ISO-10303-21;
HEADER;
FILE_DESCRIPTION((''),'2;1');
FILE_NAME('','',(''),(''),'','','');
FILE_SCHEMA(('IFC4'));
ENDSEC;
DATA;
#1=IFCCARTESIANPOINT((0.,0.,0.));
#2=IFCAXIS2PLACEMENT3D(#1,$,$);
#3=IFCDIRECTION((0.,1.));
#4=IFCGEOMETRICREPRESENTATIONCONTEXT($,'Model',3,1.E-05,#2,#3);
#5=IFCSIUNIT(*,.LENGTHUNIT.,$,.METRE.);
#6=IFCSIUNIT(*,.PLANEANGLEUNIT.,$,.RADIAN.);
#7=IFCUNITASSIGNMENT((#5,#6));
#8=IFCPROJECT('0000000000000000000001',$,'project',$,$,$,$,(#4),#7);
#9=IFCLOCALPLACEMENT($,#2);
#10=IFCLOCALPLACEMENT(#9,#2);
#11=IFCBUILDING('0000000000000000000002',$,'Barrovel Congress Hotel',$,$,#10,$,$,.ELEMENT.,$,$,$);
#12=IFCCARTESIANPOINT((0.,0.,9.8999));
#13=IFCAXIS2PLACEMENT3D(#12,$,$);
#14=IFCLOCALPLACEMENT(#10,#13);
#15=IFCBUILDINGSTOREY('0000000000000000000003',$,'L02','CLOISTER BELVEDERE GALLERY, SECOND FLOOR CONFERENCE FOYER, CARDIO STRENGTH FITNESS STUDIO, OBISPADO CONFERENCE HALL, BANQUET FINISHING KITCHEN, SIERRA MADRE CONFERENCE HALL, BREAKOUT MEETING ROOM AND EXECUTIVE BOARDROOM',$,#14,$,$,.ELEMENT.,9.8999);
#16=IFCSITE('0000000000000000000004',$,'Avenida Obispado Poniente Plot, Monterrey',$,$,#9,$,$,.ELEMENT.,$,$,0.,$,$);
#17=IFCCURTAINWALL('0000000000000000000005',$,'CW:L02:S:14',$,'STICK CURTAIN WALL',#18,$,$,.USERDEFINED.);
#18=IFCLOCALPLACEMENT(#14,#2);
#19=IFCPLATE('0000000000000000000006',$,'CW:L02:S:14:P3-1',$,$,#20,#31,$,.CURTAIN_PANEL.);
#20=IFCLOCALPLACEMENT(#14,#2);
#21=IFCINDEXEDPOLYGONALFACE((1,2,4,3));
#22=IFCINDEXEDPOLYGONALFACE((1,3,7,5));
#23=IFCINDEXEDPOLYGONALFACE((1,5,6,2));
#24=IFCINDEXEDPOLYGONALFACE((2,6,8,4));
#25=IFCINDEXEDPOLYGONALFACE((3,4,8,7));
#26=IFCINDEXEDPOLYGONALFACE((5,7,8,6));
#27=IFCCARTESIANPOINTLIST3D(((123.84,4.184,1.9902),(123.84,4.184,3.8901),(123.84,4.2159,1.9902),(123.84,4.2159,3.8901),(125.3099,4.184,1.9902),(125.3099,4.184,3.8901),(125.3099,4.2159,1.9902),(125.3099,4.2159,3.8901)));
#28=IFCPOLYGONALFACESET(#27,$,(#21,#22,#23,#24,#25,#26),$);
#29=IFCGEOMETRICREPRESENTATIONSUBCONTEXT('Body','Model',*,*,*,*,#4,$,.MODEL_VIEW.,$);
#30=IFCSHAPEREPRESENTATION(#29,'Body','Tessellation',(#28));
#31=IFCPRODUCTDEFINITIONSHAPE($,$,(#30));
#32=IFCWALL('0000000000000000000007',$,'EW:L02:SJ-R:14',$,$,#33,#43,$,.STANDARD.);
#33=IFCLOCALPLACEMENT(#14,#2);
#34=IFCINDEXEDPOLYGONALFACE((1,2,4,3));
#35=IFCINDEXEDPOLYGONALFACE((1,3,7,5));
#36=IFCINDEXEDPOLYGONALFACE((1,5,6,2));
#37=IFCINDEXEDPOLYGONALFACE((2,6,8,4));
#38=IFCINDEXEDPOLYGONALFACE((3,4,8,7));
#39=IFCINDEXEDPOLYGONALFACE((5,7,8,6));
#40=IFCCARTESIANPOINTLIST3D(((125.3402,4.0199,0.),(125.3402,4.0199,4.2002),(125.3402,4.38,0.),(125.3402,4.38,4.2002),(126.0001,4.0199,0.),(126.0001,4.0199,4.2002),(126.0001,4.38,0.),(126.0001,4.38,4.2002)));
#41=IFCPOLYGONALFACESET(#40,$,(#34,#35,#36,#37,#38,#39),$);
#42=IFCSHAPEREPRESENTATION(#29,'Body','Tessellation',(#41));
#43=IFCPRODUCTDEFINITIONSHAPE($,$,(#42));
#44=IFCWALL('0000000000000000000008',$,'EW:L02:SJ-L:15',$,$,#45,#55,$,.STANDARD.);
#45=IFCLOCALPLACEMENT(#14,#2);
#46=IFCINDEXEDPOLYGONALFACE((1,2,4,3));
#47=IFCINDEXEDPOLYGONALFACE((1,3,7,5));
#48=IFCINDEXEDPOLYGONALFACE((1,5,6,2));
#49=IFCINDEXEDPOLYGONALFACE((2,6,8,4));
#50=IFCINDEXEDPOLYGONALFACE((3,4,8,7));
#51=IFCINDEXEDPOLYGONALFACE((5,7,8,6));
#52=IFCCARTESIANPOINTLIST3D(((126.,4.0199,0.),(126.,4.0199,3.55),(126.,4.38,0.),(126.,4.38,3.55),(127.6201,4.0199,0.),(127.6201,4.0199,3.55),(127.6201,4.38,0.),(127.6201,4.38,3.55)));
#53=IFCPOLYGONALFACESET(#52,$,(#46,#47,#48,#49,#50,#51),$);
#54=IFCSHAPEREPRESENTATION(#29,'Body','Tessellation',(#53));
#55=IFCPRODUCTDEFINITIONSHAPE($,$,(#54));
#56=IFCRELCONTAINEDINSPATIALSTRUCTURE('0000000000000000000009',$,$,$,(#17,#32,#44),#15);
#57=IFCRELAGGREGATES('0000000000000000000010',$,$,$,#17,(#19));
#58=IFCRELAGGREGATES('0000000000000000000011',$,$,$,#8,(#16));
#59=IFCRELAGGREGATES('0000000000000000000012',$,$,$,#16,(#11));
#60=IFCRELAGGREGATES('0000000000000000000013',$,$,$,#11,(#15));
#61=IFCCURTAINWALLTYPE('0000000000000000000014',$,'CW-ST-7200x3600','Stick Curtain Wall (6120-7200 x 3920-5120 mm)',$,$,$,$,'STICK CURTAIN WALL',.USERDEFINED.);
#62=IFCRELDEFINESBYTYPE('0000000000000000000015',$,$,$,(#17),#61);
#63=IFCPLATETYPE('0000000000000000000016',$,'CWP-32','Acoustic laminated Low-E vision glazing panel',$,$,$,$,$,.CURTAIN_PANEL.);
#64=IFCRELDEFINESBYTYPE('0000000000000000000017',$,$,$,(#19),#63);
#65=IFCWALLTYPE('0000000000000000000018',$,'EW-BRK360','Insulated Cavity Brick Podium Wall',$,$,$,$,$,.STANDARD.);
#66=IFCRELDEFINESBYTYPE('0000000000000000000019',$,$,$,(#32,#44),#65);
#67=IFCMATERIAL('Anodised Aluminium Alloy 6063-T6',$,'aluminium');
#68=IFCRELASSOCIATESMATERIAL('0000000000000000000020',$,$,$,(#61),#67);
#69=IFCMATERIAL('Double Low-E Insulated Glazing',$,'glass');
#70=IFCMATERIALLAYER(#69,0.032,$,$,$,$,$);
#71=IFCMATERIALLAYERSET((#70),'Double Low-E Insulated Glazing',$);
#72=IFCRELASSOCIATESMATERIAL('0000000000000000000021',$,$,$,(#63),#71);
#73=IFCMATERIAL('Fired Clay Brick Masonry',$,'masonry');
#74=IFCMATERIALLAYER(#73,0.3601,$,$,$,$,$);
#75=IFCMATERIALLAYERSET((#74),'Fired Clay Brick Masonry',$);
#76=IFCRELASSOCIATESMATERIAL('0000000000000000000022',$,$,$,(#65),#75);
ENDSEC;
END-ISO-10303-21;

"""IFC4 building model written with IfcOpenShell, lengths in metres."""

from ifc_helpers import new_model, si_unit, direction, frame, frame_2d, origin, origin_2d, place, context, subcontext, project, spatial, rectangle, extrude, material, layer, layer_set, type_object, element, aggregate, save


model = new_model("IFC4")

# Units and contexts
model_context = context("Model", 3, precision=1e-05, world=origin(), true_north=direction((0.0, 1.0)))
body_context = subcontext(model_context, "Body", "Model", "MODEL_VIEW")
ifc_project = project(units=[si_unit("LENGTHUNIT", "METRE"), si_unit("PLANEANGLEUNIT", "RADIAN")], contexts=[model_context])

# Site, building, storey
site_placement = place(None, origin())
site = spatial("IfcSite", under=ifc_project, at=site_placement, Name="Avenida Obispado Poniente Plot, Monterrey", CompositionType="ELEMENT", RefElevation=0.0)
building_placement = place(site_placement, origin())
building = spatial("IfcBuilding", under=site, at=building_placement, Name="Barrovel Congress Hotel", CompositionType="ELEMENT")
storey_placement = place(building_placement, frame((0.0, 0.0, 9.8999)))
storey = spatial("IfcBuildingStorey", under=building, at=storey_placement, Name="L02", Description="CLOISTER BELVEDERE GALLERY, SECOND FLOOR CONFERENCE FOYER, CARDIO STRENGTH FITNESS STUDIO, OBISPADO CONFERENCE HALL, BANQUET FINISHING KITCHEN, SIERRA MADRE CONFERENCE HALL, BREAKOUT MEETING ROOM AND EXECUTIVE BOARDROOM", CompositionType="ELEMENT", Elevation=9.8999)

# Curtain wall
ifc_material_1 = material(Name="Anodised Aluminium Alloy 6063-T6", Category="aluminium")
curtain_wall_type = type_object("IfcCurtainWallType", Name="CW-ST-7200x3600", Description="Stick Curtain Wall (6120-7200 x 3920-5120 mm)", ElementType="STICK CURTAIN WALL", PredefinedType="USERDEFINED", material=ifc_material_1)
curtain_wall_placement = place(storey_placement, origin())
curtain_wall = element("IfcCurtainWall", 1, at=curtain_wall_placement, inside=storey, type_object=curtain_wall_type, Name="CW:L02:S:14", ObjectType="STICK CURTAIN WALL", PredefinedType="USERDEFINED")

# Plate
ifc_material_2 = material(Name="Double Low-E Insulated Glazing", Category="glass")
ifc_layer_1 = layer(ifc_material_2, 0.032)
ifc_layer_set_1 = layer_set([ifc_layer_1], Name="Double Low-E Insulated Glazing")
plate_type = type_object("IfcPlateType", Name="CWP-32", Description="Acoustic laminated Low-E vision glazing panel", PredefinedType="CURTAIN_PANEL", material=ifc_layer_set_1)
plate_1_placement = place(storey_placement, frame((124.575, 4.2, 1.9902), z_axis=(0.0, 0.0, 1.0), x_axis=(1.0, 0.0, 0.0)))
plate_1 = element("IfcPlate", 2, at=plate_1_placement, type_object=plate_type, Name="CW:L02:S:14:P3-1", PredefinedType="CURTAIN_PANEL", context=body_context, shape_type="SweptSolid", body=[
    extrude(rectangle(XDim=1.47, YDim=0.032, at=origin_2d()), origin(), (0.0, 0.0, 1.0), 1.8999),
])
aggregate(curtain_wall, [plate_1])

# Walls
ifc_material_3 = material(Name="Fired Clay Brick Masonry", Category="masonry")
ifc_layer_2 = layer(ifc_material_3, 0.3601)
ifc_layer_set_2 = layer_set([ifc_layer_2], Name="Fired Clay Brick Masonry")
wall_type = type_object("IfcWallType", Name="EW-BRK360", Description="Insulated Cavity Brick Podium Wall", PredefinedType="STANDARD", material=ifc_layer_set_2)
wall_1_placement = place(storey_placement, frame((125.3401, 4.2, 0.0), z_axis=(0.0, 0.0, 1.0), x_axis=(1.0, 0.0, 0.0)))
element("IfcWall", 3, at=wall_1_placement, inside=storey, type_object=wall_type, Name="EW:L02:SJ-R:14", PredefinedType="STANDARD", context=body_context, shape_type="SweptSolid", body=[
    extrude(rectangle(XDim=0.6599, YDim=0.3601, at=frame_2d((0.3301, 0.0))), origin(), (0.0, 0.0, 1.0), 4.2002),
])
wall_2_placement = place(storey_placement, frame((126.0, 4.2, 0.0), z_axis=(0.0, 0.0, 1.0), x_axis=(1.0, 0.0, 0.0)))
element("IfcWall", 4, at=wall_2_placement, inside=storey, type_object=wall_type, Name="EW:L02:SJ-L:15", PredefinedType="STANDARD", context=body_context, shape_type="SweptSolid", body=[
    extrude(rectangle(XDim=1.6201, YDim=0.3601, at=frame_2d((0.8101, 0.0))), origin(), (0.0, 0.0, 1.0), 3.55),
])

save(model, "model.ifc")
